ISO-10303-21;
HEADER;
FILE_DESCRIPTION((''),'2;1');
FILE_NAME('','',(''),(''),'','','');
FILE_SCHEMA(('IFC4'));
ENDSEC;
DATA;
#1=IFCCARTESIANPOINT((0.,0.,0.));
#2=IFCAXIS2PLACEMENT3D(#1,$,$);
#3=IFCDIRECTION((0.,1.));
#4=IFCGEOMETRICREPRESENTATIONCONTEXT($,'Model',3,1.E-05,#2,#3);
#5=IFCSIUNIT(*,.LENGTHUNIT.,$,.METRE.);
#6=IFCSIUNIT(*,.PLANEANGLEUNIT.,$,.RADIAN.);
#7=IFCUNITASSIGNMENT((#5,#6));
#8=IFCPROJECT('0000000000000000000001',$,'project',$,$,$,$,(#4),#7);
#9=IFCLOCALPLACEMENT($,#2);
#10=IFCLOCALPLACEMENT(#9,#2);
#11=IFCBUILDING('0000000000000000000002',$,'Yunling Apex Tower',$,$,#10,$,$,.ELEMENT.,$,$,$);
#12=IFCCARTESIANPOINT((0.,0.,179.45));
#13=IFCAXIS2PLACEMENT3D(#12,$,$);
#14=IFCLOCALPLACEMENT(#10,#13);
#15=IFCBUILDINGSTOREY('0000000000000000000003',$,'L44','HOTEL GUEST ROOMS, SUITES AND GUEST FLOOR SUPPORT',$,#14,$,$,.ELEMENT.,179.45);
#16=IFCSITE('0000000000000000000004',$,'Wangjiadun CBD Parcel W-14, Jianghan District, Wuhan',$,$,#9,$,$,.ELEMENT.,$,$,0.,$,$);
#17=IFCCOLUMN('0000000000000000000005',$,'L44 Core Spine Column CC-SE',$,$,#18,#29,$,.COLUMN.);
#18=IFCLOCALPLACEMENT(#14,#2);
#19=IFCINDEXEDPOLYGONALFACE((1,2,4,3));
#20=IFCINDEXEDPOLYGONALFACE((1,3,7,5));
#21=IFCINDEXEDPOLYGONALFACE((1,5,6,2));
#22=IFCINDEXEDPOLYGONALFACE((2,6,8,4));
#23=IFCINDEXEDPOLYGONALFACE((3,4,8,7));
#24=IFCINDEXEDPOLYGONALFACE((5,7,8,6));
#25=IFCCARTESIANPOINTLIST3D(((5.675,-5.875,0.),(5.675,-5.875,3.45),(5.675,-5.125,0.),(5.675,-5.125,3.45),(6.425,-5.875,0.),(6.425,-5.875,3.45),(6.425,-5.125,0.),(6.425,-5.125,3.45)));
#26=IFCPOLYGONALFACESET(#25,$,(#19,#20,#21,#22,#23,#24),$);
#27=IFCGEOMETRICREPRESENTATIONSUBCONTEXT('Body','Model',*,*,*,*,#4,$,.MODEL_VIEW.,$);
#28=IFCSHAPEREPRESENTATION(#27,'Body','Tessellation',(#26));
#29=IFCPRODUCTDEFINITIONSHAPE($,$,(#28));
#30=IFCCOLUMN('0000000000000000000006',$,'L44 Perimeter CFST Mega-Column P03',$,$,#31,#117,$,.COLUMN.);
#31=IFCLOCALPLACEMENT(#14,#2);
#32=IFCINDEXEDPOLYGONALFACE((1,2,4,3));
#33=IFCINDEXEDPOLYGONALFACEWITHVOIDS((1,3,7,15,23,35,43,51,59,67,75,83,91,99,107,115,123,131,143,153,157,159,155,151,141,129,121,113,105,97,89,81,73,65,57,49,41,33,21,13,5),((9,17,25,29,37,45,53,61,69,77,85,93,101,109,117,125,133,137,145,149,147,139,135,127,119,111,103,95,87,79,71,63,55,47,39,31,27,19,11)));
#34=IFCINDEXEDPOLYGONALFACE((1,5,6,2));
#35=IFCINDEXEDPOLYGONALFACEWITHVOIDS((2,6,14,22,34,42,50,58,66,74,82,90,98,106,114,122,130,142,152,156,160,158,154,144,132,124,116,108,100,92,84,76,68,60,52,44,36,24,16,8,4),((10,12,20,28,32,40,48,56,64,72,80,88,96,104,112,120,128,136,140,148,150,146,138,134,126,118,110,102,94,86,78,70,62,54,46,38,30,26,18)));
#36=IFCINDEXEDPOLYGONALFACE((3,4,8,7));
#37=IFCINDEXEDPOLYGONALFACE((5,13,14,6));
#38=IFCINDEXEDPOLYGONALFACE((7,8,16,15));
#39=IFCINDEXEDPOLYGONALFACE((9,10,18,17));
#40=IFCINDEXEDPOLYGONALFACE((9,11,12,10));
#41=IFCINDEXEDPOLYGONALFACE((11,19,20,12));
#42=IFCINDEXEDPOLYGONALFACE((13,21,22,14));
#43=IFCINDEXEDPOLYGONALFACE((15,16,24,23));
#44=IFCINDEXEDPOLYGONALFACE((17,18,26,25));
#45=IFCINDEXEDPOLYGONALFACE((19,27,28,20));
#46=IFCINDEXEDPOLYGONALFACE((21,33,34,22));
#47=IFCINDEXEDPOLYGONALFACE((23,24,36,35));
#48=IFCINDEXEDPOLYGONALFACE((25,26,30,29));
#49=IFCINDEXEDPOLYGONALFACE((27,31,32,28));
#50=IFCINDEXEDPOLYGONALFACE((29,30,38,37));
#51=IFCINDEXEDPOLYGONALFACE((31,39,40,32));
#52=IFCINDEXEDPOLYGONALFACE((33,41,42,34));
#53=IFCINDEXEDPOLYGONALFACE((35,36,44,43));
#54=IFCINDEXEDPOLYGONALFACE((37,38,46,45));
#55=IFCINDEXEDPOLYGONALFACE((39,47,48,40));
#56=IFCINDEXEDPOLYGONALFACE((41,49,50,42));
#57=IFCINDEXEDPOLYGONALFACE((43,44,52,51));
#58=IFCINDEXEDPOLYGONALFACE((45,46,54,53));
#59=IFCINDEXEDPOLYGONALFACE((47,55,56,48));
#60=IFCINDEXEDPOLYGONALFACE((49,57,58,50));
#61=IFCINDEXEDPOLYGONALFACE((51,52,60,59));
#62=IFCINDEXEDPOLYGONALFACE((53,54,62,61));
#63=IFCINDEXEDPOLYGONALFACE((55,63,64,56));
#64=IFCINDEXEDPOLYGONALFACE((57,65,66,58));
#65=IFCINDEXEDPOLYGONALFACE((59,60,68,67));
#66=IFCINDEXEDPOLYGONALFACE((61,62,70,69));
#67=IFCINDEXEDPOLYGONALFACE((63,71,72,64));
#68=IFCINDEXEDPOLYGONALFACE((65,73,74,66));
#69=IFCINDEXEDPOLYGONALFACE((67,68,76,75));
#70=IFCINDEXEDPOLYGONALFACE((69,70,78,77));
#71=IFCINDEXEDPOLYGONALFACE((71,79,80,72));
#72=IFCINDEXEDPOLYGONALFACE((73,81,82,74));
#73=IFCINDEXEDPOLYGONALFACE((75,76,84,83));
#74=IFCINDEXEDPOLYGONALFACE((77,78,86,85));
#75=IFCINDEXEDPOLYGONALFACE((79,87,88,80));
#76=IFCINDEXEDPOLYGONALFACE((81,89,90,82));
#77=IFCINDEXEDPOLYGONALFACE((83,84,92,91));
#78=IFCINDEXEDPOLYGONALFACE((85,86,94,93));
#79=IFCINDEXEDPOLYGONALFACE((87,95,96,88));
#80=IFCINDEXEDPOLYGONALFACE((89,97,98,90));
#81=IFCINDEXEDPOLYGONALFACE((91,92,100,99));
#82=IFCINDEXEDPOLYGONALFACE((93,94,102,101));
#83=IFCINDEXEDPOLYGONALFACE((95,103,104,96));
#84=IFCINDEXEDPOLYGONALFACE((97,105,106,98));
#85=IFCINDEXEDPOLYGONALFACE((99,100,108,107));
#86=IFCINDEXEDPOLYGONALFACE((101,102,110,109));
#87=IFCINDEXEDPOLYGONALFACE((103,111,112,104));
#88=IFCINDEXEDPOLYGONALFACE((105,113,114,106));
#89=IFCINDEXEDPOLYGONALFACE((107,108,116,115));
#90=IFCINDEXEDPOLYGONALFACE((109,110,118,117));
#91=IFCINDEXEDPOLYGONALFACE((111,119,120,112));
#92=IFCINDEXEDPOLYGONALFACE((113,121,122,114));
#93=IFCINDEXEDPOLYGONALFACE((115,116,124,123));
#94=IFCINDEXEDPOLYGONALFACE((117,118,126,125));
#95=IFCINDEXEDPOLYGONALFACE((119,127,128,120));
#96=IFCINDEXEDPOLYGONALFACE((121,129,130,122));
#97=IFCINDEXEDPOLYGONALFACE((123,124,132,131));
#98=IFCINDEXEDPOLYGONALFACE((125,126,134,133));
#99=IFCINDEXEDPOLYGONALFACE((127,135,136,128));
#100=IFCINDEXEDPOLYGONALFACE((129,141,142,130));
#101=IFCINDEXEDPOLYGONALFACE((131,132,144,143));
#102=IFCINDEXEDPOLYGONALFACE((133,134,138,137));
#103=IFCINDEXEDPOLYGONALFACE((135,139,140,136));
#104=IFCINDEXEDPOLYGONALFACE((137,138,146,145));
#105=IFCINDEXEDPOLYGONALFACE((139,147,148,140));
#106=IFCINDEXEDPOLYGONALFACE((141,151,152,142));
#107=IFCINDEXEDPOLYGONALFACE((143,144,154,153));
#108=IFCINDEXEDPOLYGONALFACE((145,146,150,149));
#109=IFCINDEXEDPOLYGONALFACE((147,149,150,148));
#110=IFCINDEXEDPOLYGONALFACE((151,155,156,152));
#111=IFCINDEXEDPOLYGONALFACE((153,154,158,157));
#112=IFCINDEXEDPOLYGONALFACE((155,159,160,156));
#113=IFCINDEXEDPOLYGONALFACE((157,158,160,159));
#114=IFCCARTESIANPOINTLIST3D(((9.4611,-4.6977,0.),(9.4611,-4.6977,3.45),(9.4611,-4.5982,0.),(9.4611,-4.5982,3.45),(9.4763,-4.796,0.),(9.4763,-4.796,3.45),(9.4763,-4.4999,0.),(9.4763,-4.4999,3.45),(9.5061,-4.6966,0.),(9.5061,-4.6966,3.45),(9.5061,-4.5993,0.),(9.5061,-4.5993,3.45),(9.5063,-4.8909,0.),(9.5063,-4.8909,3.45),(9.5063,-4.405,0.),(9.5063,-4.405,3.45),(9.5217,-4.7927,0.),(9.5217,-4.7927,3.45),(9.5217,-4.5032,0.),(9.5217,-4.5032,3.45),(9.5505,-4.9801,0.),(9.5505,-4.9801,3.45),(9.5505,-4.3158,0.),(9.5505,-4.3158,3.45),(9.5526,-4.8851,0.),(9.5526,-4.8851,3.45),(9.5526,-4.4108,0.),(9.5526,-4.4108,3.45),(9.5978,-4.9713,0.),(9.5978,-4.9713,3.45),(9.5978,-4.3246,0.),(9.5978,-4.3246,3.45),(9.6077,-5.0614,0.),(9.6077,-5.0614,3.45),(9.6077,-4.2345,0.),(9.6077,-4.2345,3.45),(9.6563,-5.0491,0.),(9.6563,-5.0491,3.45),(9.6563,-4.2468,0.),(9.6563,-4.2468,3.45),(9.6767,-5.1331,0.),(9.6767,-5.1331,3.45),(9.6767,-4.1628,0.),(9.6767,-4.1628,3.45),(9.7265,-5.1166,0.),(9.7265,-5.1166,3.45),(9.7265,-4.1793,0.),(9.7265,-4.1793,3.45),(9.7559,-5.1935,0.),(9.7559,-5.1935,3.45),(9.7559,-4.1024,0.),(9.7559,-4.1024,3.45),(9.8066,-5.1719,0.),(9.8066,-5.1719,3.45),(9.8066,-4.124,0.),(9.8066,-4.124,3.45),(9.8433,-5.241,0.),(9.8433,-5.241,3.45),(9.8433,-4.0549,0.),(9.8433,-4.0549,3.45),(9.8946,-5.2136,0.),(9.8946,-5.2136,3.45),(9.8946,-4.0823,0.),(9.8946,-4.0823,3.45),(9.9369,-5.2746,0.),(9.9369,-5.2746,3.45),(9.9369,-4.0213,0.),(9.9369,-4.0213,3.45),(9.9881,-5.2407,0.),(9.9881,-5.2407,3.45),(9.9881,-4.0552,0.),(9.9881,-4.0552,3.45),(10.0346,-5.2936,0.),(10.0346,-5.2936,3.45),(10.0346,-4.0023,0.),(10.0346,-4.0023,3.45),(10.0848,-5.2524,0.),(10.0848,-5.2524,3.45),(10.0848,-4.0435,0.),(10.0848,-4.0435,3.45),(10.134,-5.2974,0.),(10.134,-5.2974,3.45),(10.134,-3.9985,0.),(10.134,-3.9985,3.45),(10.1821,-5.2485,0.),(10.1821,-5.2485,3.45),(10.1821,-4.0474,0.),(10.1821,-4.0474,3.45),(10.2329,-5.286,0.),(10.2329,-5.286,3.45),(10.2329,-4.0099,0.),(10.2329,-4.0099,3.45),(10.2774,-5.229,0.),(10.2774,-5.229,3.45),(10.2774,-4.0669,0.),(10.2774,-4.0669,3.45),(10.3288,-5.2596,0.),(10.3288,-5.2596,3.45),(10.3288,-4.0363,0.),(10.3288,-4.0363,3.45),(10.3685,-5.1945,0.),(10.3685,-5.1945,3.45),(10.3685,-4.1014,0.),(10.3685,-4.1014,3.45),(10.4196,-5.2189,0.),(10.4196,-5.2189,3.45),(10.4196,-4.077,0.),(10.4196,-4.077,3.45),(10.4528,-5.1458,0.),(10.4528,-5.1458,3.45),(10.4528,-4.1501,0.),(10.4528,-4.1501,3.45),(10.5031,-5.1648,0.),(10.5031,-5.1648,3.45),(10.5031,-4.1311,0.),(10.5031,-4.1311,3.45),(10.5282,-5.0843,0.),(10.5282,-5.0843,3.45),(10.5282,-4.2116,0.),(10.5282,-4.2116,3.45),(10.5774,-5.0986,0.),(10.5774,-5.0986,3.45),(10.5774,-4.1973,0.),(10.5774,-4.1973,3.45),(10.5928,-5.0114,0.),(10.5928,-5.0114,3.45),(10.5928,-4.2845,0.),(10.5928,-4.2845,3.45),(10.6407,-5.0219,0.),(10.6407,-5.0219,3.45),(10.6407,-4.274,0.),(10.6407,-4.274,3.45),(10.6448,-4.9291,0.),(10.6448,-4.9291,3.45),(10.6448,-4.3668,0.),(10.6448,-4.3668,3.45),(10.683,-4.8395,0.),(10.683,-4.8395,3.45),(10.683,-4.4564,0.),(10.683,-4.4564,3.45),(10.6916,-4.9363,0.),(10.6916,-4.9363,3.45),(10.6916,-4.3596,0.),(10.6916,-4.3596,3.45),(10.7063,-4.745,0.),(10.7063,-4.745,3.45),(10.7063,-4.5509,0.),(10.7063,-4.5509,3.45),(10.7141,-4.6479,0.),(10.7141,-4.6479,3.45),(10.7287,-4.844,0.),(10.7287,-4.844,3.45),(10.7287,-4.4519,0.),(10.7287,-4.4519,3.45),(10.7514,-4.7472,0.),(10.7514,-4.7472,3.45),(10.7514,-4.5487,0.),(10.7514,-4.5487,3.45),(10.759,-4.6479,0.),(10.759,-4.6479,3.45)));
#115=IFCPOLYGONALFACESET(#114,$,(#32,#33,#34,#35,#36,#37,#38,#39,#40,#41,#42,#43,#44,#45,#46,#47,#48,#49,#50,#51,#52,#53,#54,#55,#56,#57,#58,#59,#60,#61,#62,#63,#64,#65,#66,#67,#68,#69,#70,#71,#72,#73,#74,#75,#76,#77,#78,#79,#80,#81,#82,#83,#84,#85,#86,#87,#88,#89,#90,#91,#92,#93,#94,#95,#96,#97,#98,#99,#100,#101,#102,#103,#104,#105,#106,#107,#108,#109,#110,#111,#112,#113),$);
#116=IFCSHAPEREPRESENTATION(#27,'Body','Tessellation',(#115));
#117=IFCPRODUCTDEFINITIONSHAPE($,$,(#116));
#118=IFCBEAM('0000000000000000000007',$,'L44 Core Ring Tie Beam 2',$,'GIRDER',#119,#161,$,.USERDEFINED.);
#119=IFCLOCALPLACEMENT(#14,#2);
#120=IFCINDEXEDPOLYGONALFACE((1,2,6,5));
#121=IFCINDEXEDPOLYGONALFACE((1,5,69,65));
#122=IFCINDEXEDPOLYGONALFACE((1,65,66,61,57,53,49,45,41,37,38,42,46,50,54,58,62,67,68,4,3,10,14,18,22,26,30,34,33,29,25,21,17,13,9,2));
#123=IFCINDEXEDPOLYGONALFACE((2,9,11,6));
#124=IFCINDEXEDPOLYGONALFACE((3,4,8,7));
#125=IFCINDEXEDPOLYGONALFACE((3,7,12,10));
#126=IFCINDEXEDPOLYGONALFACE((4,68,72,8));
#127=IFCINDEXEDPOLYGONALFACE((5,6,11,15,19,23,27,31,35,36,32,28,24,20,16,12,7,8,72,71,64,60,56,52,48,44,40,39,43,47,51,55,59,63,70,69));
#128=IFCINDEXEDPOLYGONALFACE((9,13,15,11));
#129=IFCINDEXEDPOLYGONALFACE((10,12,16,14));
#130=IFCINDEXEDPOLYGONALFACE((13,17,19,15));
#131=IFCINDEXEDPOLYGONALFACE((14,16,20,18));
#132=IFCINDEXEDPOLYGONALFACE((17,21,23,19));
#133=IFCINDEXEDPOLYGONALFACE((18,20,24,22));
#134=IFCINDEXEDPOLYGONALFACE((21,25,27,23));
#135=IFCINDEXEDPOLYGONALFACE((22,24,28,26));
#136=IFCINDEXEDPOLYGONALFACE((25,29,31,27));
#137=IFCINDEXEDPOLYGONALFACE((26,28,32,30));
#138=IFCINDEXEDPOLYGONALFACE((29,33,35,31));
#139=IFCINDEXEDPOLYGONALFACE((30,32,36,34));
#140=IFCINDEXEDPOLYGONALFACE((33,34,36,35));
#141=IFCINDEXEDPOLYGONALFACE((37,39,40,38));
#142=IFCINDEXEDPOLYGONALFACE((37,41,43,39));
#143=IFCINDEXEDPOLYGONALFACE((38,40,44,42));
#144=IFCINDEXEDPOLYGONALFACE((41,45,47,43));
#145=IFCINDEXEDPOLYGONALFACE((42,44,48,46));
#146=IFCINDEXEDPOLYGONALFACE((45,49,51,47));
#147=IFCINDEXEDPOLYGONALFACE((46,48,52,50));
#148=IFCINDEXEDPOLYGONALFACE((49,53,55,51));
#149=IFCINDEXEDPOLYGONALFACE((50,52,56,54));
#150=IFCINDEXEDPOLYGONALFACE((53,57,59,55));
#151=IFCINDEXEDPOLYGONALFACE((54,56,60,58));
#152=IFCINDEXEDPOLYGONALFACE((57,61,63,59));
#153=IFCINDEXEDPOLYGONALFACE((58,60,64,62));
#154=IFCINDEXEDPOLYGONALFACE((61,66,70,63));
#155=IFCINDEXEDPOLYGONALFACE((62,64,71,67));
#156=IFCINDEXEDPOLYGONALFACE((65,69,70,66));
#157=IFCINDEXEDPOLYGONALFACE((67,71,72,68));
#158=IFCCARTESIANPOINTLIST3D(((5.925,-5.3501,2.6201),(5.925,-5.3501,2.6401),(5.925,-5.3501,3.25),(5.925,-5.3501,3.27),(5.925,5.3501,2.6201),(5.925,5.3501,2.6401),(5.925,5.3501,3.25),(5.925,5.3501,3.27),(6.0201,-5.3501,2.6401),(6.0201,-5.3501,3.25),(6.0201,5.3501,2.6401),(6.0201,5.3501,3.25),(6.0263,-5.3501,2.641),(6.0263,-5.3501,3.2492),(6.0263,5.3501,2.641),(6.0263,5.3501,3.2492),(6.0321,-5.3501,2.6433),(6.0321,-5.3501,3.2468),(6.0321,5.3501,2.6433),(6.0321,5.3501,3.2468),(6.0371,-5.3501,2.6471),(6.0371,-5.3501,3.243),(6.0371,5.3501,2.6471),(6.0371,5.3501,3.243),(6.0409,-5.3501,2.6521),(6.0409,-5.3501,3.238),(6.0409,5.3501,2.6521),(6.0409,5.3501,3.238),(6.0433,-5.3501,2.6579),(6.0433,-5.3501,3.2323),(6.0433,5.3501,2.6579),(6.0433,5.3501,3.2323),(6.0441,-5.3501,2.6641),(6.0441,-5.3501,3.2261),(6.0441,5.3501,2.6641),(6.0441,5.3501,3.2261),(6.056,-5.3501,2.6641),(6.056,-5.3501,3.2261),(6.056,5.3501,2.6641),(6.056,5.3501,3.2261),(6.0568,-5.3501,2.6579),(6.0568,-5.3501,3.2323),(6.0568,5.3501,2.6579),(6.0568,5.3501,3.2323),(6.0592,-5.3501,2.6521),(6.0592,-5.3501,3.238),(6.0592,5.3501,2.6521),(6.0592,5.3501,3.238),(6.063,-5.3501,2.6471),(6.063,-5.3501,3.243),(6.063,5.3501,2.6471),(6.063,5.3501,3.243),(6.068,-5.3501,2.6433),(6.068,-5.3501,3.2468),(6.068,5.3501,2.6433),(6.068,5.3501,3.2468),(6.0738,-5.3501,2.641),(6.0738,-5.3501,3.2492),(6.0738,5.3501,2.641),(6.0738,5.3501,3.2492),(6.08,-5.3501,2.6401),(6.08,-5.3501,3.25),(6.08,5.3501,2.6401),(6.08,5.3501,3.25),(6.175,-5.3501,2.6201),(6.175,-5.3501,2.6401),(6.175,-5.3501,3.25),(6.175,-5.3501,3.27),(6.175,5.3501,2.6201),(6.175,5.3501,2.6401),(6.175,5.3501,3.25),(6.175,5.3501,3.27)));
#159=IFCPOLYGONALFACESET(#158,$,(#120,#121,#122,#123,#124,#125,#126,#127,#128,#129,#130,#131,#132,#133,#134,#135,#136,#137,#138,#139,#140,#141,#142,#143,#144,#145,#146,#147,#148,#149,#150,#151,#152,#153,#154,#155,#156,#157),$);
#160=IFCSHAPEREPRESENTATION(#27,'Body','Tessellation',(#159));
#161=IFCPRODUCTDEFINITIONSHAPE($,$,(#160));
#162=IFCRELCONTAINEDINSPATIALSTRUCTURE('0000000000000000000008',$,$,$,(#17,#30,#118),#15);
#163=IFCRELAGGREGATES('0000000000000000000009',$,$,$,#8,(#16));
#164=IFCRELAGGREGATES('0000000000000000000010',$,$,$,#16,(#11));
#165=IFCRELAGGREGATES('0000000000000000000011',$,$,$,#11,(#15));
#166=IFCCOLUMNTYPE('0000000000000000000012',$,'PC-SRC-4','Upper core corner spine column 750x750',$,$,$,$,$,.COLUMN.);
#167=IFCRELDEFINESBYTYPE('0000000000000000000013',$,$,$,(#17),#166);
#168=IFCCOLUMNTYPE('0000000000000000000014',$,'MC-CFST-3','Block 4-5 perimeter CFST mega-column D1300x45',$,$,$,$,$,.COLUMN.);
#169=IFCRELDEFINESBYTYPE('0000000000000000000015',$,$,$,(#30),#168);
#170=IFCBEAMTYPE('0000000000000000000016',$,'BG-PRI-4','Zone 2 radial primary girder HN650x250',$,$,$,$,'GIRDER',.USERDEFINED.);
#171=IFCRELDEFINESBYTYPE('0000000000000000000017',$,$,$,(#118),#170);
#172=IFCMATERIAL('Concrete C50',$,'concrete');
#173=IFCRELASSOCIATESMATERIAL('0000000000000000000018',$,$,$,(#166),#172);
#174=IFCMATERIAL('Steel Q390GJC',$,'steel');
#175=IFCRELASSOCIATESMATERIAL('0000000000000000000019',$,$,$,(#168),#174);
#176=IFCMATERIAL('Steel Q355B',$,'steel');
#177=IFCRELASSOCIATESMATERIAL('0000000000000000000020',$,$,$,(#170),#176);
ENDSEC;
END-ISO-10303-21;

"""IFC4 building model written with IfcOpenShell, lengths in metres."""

from ifc_helpers import new_model, si_unit, direction, frame, origin, origin_2d, place, context, subcontext, project, spatial, rectangle, hollow_circle, i_section, extrude, source, transform, mapped, material, material_profile, profile_set, type_object, element, save


model = new_model("IFC4")

# Units and contexts
model_context = context("Model", 3, precision=1e-05, world=origin(), true_north=direction((0.0, 1.0)))
body_context = subcontext(model_context, "Body", "Model", "MODEL_VIEW")
ifc_project = project(units=[si_unit("LENGTHUNIT", "METRE"), si_unit("PLANEANGLEUNIT", "RADIAN")], contexts=[model_context])

# Site, building, storey
site_placement = place(None, origin())
site = spatial("IfcSite", under=ifc_project, at=site_placement, Name="Wangjiadun CBD Parcel W-14, Jianghan District, Wuhan", CompositionType="ELEMENT", RefElevation=0.0)
building_placement = place(site_placement, origin())
building = spatial("IfcBuilding", under=site, at=building_placement, Name="Yunling Apex Tower", CompositionType="ELEMENT")
storey_placement = place(building_placement, frame((0.0, 0.0, 179.45)))
storey = spatial("IfcBuildingStorey", under=building, at=storey_placement, Name="L44", Description="HOTEL GUEST ROOMS, SUITES AND GUEST FLOOR SUPPORT", CompositionType="ELEMENT", Elevation=179.45)

# Columns
ifc_material_1 = material(Name="Concrete C50", Category="concrete")
ifc_material_profile_1 = material_profile(ifc_material_1, rectangle(XDim=0.75, YDim=0.75, at=origin_2d()))
ifc_profile_set_1 = profile_set([ifc_material_profile_1], Name="Concrete C50")
column_type_1 = type_object("IfcColumnType", Name="PC-SRC-4", Description="Upper core corner spine column 750x750", PredefinedType="COLUMN", material=ifc_profile_set_1)
shared_shape_1 = source(origin(), body_context, "Body", "SweptSolid", [
    extrude(rectangle(XDim=0.75, YDim=0.75, at=origin_2d()), origin(), (0.0, 0.0, 1.0), 3.45),
])
column_1_placement = place(storey_placement, frame((6.05, -5.5, 0.0), z_axis=(0.0, 0.0, 1.0), x_axis=(1.0, 0.0, 0.0)))
element("IfcColumn", 1, at=column_1_placement, inside=storey, type_object=column_type_1, Name="L44 Core Spine Column CC-SE", PredefinedType="COLUMN", context=body_context, shape_type="MappedRepresentation", body=[
    mapped(shared_shape_1, transform((0.0, 0.0, 0.0), scale=1.0)),
])
ifc_material_2 = material(Name="Steel Q390GJC", Category="steel")
ifc_material_profile_2 = material_profile(ifc_material_2, hollow_circle(Radius=0.6499, WallThickness=0.0449, at=origin_2d()))
ifc_profile_set_2 = profile_set([ifc_material_profile_2], Name="Steel Q390GJC")
column_type_2 = type_object("IfcColumnType", Name="MC-CFST-3", Description="Block 4-5 perimeter CFST mega-column D1300x45", PredefinedType="COLUMN", material=ifc_profile_set_2)
shared_shape_2 = source(origin(), body_context, "Body", "SweptSolid", [
    extrude(hollow_circle(Radius=0.6499, WallThickness=0.0449, at=origin_2d()), origin(), (0.0, 0.0, 1.0), 3.45),
])
column_2_placement = place(storey_placement, frame((10.1091, -4.6479, 0.0), z_axis=(0.0, 0.0, 1.0), x_axis=(1.0, 0.0, 0.0)))
element("IfcColumn", 2, at=column_2_placement, inside=storey, type_object=column_type_2, Name="L44 Perimeter CFST Mega-Column P03", PredefinedType="COLUMN", context=body_context, shape_type="MappedRepresentation", body=[
    mapped(shared_shape_2, transform((0.0, 0.0, 0.0), scale=1.0)),
])

# Beam
ifc_material_3 = material(Name="Steel Q355B", Category="steel")
ifc_material_profile_3 = material_profile(ifc_material_3, i_section(OverallWidth=0.25, OverallDepth=0.6499, WebThickness=0.012, FlangeThickness=0.02, FilletRadius=0.0239, at=origin_2d()))
ifc_profile_set_3 = profile_set([ifc_material_profile_3], Name="Steel Q355B")
beam_type_1 = type_object("IfcBeamType", Name="BG-PRI-4", Description="Zone 2 radial primary girder HN650x250", ElementType="GIRDER", PredefinedType="USERDEFINED", material=ifc_profile_set_3)
shared_shape_3 = source(origin(), body_context, "Body", "SweptSolid", [
    extrude(i_section(OverallWidth=0.25, OverallDepth=0.6499, WebThickness=0.012, FlangeThickness=0.02, FilletRadius=0.0239, at=origin_2d()), origin(), (0.0, 0.0, 1.0), 10.7002),
])
beam_1_placement = place(storey_placement, frame((6.05, -5.3501, 2.9451), z_axis=(0.0, 1.0, 0.0), x_axis=(-1.0, 0.0, 0.0)))
element("IfcBeam", 3, at=beam_1_placement, inside=storey, type_object=beam_type_1, Name="L44 Core Ring Tie Beam 2", ObjectType="GIRDER", PredefinedType="USERDEFINED", context=body_context, shape_type="MappedRepresentation", body=[
    mapped(shared_shape_3, transform((0.0, 0.0, 0.0), scale=1.0)),
])

save(model, "model.ifc")
